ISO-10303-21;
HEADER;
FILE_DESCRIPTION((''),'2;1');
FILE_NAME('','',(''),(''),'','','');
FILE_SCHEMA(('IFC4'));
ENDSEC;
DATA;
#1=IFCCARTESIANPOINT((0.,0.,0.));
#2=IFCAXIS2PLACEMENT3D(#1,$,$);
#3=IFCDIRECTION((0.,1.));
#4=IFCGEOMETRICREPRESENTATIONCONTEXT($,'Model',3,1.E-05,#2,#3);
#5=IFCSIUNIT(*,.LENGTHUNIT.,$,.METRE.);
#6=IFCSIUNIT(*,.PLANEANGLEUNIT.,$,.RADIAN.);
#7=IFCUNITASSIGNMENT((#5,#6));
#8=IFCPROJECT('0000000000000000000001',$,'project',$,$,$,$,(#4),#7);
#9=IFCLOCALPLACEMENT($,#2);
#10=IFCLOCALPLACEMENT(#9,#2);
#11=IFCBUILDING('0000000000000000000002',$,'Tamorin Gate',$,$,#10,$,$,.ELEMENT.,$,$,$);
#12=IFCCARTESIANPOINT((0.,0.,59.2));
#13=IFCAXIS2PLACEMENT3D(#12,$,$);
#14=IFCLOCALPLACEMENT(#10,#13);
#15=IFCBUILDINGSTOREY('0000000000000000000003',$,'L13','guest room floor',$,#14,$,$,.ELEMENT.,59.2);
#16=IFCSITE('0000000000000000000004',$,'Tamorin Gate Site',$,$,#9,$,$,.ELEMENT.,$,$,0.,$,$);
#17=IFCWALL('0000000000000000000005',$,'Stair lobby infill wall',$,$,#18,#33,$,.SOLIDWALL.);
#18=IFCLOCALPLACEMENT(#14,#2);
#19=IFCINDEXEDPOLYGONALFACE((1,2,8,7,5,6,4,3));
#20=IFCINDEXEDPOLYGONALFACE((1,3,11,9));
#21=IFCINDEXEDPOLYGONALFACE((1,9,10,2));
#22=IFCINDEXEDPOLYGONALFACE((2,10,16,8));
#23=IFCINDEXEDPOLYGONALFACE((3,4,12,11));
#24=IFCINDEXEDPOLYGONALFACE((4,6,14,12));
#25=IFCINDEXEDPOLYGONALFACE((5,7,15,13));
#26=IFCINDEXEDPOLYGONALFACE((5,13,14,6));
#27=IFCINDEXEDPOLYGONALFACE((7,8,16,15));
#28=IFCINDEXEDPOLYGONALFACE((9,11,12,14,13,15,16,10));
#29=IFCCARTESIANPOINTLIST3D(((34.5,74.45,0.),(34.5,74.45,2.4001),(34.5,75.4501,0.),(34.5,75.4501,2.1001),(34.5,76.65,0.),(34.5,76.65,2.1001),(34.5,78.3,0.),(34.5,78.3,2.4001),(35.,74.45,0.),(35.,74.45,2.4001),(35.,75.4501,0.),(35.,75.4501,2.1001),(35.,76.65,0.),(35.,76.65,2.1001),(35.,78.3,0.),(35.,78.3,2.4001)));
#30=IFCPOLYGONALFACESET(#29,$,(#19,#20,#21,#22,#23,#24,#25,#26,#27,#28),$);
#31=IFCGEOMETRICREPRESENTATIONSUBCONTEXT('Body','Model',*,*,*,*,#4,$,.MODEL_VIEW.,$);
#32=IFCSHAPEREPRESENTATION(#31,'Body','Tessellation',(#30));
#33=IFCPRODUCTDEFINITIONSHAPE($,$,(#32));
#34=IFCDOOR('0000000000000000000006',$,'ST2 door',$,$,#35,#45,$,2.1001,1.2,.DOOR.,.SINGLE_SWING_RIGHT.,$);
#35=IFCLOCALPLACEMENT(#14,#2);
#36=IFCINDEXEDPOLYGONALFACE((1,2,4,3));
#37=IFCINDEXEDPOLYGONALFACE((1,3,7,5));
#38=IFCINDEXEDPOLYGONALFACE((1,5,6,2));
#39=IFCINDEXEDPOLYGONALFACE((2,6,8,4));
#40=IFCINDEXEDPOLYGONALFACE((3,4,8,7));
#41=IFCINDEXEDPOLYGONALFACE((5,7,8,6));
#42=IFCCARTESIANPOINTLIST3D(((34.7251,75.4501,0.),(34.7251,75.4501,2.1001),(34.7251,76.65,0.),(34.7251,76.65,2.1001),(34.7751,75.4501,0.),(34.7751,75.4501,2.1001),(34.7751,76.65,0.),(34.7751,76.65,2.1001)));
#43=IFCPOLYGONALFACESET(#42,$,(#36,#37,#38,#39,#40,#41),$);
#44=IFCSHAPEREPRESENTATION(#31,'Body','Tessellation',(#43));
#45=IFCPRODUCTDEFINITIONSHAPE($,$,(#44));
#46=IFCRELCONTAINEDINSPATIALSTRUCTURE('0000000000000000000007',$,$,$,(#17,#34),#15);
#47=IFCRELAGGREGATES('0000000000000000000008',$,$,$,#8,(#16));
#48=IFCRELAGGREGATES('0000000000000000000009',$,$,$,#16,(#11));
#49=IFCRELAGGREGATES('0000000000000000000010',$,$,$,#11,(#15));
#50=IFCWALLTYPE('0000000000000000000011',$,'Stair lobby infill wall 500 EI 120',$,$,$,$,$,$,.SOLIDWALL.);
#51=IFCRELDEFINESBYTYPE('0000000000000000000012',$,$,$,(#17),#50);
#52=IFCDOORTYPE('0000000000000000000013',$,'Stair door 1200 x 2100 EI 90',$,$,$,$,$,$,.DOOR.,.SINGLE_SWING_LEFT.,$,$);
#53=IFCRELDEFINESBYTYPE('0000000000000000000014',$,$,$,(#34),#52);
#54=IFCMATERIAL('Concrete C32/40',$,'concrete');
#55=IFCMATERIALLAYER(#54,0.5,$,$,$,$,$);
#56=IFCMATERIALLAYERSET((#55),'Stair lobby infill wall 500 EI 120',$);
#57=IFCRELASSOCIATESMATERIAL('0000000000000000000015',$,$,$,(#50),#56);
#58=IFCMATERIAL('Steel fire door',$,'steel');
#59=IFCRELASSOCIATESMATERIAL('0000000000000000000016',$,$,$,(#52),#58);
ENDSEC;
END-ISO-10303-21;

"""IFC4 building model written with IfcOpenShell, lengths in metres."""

from ifc_helpers import new_model, si_unit, direction, frame, frame_2d, origin, place, context, subcontext, project, spatial, rectangle, extrude, material, layer, layer_set, type_object, element, fill, save


model = new_model("IFC4")

# Units and contexts
model_context = context("Model", 3, precision=1e-05, world=origin(), true_north=direction((0.0, 1.0)))
body_context = subcontext(model_context, "Body", "Model", "MODEL_VIEW")
ifc_project = project(units=[si_unit("LENGTHUNIT", "METRE"), si_unit("PLANEANGLEUNIT", "RADIAN")], contexts=[model_context])

# Site, building, storey
site_placement = place(None, origin())
site = spatial("IfcSite", under=ifc_project, at=site_placement, Name="Tamorin Gate Site", CompositionType="ELEMENT", RefElevation=0.0)
building_placement = place(site_placement, origin())
building = spatial("IfcBuilding", under=site, at=building_placement, Name="Tamorin Gate", CompositionType="ELEMENT")
storey_placement = place(building_placement, frame((0.0, 0.0, 59.2)))
storey = spatial("IfcBuildingStorey", under=building, at=storey_placement, Name="L13", Description="guest room floor", CompositionType="ELEMENT", Elevation=59.2)

# Wall, opening, door
ifc_material_1 = material(Name="Steel fire door", Category="steel")
ifc_material_2 = material(Name="Concrete C32/40", Category="concrete")
ifc_layer_1 = layer(ifc_material_2, 0.5)
ifc_layer_set_1 = layer_set([ifc_layer_1], Name="Stair lobby infill wall 500 EI 120")
wall_type_1 = type_object("IfcWallType", Name="Stair lobby infill wall 500 EI 120", PredefinedType="SOLIDWALL", material=ifc_layer_set_1)
wall_1_placement = place(storey_placement, frame((34.75, 74.45, 0.0), z_axis=(0.0, 0.0, 1.0), x_axis=(0.0, 1.0, 0.0)))
wall_1 = element("IfcWall", 1, at=wall_1_placement, inside=storey, type_object=wall_type_1, Name="Stair lobby infill wall", PredefinedType="SOLIDWALL", context=body_context, shape_type="SweptSolid", body=[
    extrude(rectangle(XDim=3.8501, YDim=0.5, at=frame_2d((1.925, 0.0))), origin(), (0.0, 0.0, 1.0), 2.4001),
])
opening_1_placement = place(wall_1_placement, frame((1.0, 0.0, 0.0)))
opening_1 = element("IfcOpeningElement", 2, at=opening_1_placement, cuts=wall_1, PredefinedType="OPENING", context=body_context, shape_type="SweptSolid", body=[
    extrude(rectangle(XDim=1.2, YDim=2.1001, at=frame_2d((0.6001, 1.05))), frame((0.0, 0.26, 0.0), z_axis=(0.0, -1.0, 0.0), x_axis=(1.0, 0.0, 0.0)), (0.0, 0.0, 1.0), 0.52),
])
door_type_1 = type_object("IfcDoorType", Name="Stair door 1200 x 2100 EI 90", OperationType="SINGLE_SWING_LEFT", PredefinedType="DOOR", material=ifc_material_1)
door_1_placement = place(opening_1_placement, origin())
door_1 = element("IfcDoor", 3, at=door_1_placement, inside=storey, type_object=door_type_1, Name="ST2 door", OperationType="SINGLE_SWING_RIGHT", OverallHeight=2.1001, OverallWidth=1.2, PredefinedType="DOOR", context=body_context, shape_type="SweptSolid", body=[
    extrude(rectangle(XDim=1.2, YDim=2.1001, at=frame_2d((0.6001, 1.05))), frame((0.0, 0.0249, 0.0), z_axis=(0.0, -1.0, 0.0), x_axis=(1.0, 0.0, 0.0)), (0.0, 0.0, 1.0), 0.05),
])
fill(opening_1, door_1)

save(model, "model.ifc")
